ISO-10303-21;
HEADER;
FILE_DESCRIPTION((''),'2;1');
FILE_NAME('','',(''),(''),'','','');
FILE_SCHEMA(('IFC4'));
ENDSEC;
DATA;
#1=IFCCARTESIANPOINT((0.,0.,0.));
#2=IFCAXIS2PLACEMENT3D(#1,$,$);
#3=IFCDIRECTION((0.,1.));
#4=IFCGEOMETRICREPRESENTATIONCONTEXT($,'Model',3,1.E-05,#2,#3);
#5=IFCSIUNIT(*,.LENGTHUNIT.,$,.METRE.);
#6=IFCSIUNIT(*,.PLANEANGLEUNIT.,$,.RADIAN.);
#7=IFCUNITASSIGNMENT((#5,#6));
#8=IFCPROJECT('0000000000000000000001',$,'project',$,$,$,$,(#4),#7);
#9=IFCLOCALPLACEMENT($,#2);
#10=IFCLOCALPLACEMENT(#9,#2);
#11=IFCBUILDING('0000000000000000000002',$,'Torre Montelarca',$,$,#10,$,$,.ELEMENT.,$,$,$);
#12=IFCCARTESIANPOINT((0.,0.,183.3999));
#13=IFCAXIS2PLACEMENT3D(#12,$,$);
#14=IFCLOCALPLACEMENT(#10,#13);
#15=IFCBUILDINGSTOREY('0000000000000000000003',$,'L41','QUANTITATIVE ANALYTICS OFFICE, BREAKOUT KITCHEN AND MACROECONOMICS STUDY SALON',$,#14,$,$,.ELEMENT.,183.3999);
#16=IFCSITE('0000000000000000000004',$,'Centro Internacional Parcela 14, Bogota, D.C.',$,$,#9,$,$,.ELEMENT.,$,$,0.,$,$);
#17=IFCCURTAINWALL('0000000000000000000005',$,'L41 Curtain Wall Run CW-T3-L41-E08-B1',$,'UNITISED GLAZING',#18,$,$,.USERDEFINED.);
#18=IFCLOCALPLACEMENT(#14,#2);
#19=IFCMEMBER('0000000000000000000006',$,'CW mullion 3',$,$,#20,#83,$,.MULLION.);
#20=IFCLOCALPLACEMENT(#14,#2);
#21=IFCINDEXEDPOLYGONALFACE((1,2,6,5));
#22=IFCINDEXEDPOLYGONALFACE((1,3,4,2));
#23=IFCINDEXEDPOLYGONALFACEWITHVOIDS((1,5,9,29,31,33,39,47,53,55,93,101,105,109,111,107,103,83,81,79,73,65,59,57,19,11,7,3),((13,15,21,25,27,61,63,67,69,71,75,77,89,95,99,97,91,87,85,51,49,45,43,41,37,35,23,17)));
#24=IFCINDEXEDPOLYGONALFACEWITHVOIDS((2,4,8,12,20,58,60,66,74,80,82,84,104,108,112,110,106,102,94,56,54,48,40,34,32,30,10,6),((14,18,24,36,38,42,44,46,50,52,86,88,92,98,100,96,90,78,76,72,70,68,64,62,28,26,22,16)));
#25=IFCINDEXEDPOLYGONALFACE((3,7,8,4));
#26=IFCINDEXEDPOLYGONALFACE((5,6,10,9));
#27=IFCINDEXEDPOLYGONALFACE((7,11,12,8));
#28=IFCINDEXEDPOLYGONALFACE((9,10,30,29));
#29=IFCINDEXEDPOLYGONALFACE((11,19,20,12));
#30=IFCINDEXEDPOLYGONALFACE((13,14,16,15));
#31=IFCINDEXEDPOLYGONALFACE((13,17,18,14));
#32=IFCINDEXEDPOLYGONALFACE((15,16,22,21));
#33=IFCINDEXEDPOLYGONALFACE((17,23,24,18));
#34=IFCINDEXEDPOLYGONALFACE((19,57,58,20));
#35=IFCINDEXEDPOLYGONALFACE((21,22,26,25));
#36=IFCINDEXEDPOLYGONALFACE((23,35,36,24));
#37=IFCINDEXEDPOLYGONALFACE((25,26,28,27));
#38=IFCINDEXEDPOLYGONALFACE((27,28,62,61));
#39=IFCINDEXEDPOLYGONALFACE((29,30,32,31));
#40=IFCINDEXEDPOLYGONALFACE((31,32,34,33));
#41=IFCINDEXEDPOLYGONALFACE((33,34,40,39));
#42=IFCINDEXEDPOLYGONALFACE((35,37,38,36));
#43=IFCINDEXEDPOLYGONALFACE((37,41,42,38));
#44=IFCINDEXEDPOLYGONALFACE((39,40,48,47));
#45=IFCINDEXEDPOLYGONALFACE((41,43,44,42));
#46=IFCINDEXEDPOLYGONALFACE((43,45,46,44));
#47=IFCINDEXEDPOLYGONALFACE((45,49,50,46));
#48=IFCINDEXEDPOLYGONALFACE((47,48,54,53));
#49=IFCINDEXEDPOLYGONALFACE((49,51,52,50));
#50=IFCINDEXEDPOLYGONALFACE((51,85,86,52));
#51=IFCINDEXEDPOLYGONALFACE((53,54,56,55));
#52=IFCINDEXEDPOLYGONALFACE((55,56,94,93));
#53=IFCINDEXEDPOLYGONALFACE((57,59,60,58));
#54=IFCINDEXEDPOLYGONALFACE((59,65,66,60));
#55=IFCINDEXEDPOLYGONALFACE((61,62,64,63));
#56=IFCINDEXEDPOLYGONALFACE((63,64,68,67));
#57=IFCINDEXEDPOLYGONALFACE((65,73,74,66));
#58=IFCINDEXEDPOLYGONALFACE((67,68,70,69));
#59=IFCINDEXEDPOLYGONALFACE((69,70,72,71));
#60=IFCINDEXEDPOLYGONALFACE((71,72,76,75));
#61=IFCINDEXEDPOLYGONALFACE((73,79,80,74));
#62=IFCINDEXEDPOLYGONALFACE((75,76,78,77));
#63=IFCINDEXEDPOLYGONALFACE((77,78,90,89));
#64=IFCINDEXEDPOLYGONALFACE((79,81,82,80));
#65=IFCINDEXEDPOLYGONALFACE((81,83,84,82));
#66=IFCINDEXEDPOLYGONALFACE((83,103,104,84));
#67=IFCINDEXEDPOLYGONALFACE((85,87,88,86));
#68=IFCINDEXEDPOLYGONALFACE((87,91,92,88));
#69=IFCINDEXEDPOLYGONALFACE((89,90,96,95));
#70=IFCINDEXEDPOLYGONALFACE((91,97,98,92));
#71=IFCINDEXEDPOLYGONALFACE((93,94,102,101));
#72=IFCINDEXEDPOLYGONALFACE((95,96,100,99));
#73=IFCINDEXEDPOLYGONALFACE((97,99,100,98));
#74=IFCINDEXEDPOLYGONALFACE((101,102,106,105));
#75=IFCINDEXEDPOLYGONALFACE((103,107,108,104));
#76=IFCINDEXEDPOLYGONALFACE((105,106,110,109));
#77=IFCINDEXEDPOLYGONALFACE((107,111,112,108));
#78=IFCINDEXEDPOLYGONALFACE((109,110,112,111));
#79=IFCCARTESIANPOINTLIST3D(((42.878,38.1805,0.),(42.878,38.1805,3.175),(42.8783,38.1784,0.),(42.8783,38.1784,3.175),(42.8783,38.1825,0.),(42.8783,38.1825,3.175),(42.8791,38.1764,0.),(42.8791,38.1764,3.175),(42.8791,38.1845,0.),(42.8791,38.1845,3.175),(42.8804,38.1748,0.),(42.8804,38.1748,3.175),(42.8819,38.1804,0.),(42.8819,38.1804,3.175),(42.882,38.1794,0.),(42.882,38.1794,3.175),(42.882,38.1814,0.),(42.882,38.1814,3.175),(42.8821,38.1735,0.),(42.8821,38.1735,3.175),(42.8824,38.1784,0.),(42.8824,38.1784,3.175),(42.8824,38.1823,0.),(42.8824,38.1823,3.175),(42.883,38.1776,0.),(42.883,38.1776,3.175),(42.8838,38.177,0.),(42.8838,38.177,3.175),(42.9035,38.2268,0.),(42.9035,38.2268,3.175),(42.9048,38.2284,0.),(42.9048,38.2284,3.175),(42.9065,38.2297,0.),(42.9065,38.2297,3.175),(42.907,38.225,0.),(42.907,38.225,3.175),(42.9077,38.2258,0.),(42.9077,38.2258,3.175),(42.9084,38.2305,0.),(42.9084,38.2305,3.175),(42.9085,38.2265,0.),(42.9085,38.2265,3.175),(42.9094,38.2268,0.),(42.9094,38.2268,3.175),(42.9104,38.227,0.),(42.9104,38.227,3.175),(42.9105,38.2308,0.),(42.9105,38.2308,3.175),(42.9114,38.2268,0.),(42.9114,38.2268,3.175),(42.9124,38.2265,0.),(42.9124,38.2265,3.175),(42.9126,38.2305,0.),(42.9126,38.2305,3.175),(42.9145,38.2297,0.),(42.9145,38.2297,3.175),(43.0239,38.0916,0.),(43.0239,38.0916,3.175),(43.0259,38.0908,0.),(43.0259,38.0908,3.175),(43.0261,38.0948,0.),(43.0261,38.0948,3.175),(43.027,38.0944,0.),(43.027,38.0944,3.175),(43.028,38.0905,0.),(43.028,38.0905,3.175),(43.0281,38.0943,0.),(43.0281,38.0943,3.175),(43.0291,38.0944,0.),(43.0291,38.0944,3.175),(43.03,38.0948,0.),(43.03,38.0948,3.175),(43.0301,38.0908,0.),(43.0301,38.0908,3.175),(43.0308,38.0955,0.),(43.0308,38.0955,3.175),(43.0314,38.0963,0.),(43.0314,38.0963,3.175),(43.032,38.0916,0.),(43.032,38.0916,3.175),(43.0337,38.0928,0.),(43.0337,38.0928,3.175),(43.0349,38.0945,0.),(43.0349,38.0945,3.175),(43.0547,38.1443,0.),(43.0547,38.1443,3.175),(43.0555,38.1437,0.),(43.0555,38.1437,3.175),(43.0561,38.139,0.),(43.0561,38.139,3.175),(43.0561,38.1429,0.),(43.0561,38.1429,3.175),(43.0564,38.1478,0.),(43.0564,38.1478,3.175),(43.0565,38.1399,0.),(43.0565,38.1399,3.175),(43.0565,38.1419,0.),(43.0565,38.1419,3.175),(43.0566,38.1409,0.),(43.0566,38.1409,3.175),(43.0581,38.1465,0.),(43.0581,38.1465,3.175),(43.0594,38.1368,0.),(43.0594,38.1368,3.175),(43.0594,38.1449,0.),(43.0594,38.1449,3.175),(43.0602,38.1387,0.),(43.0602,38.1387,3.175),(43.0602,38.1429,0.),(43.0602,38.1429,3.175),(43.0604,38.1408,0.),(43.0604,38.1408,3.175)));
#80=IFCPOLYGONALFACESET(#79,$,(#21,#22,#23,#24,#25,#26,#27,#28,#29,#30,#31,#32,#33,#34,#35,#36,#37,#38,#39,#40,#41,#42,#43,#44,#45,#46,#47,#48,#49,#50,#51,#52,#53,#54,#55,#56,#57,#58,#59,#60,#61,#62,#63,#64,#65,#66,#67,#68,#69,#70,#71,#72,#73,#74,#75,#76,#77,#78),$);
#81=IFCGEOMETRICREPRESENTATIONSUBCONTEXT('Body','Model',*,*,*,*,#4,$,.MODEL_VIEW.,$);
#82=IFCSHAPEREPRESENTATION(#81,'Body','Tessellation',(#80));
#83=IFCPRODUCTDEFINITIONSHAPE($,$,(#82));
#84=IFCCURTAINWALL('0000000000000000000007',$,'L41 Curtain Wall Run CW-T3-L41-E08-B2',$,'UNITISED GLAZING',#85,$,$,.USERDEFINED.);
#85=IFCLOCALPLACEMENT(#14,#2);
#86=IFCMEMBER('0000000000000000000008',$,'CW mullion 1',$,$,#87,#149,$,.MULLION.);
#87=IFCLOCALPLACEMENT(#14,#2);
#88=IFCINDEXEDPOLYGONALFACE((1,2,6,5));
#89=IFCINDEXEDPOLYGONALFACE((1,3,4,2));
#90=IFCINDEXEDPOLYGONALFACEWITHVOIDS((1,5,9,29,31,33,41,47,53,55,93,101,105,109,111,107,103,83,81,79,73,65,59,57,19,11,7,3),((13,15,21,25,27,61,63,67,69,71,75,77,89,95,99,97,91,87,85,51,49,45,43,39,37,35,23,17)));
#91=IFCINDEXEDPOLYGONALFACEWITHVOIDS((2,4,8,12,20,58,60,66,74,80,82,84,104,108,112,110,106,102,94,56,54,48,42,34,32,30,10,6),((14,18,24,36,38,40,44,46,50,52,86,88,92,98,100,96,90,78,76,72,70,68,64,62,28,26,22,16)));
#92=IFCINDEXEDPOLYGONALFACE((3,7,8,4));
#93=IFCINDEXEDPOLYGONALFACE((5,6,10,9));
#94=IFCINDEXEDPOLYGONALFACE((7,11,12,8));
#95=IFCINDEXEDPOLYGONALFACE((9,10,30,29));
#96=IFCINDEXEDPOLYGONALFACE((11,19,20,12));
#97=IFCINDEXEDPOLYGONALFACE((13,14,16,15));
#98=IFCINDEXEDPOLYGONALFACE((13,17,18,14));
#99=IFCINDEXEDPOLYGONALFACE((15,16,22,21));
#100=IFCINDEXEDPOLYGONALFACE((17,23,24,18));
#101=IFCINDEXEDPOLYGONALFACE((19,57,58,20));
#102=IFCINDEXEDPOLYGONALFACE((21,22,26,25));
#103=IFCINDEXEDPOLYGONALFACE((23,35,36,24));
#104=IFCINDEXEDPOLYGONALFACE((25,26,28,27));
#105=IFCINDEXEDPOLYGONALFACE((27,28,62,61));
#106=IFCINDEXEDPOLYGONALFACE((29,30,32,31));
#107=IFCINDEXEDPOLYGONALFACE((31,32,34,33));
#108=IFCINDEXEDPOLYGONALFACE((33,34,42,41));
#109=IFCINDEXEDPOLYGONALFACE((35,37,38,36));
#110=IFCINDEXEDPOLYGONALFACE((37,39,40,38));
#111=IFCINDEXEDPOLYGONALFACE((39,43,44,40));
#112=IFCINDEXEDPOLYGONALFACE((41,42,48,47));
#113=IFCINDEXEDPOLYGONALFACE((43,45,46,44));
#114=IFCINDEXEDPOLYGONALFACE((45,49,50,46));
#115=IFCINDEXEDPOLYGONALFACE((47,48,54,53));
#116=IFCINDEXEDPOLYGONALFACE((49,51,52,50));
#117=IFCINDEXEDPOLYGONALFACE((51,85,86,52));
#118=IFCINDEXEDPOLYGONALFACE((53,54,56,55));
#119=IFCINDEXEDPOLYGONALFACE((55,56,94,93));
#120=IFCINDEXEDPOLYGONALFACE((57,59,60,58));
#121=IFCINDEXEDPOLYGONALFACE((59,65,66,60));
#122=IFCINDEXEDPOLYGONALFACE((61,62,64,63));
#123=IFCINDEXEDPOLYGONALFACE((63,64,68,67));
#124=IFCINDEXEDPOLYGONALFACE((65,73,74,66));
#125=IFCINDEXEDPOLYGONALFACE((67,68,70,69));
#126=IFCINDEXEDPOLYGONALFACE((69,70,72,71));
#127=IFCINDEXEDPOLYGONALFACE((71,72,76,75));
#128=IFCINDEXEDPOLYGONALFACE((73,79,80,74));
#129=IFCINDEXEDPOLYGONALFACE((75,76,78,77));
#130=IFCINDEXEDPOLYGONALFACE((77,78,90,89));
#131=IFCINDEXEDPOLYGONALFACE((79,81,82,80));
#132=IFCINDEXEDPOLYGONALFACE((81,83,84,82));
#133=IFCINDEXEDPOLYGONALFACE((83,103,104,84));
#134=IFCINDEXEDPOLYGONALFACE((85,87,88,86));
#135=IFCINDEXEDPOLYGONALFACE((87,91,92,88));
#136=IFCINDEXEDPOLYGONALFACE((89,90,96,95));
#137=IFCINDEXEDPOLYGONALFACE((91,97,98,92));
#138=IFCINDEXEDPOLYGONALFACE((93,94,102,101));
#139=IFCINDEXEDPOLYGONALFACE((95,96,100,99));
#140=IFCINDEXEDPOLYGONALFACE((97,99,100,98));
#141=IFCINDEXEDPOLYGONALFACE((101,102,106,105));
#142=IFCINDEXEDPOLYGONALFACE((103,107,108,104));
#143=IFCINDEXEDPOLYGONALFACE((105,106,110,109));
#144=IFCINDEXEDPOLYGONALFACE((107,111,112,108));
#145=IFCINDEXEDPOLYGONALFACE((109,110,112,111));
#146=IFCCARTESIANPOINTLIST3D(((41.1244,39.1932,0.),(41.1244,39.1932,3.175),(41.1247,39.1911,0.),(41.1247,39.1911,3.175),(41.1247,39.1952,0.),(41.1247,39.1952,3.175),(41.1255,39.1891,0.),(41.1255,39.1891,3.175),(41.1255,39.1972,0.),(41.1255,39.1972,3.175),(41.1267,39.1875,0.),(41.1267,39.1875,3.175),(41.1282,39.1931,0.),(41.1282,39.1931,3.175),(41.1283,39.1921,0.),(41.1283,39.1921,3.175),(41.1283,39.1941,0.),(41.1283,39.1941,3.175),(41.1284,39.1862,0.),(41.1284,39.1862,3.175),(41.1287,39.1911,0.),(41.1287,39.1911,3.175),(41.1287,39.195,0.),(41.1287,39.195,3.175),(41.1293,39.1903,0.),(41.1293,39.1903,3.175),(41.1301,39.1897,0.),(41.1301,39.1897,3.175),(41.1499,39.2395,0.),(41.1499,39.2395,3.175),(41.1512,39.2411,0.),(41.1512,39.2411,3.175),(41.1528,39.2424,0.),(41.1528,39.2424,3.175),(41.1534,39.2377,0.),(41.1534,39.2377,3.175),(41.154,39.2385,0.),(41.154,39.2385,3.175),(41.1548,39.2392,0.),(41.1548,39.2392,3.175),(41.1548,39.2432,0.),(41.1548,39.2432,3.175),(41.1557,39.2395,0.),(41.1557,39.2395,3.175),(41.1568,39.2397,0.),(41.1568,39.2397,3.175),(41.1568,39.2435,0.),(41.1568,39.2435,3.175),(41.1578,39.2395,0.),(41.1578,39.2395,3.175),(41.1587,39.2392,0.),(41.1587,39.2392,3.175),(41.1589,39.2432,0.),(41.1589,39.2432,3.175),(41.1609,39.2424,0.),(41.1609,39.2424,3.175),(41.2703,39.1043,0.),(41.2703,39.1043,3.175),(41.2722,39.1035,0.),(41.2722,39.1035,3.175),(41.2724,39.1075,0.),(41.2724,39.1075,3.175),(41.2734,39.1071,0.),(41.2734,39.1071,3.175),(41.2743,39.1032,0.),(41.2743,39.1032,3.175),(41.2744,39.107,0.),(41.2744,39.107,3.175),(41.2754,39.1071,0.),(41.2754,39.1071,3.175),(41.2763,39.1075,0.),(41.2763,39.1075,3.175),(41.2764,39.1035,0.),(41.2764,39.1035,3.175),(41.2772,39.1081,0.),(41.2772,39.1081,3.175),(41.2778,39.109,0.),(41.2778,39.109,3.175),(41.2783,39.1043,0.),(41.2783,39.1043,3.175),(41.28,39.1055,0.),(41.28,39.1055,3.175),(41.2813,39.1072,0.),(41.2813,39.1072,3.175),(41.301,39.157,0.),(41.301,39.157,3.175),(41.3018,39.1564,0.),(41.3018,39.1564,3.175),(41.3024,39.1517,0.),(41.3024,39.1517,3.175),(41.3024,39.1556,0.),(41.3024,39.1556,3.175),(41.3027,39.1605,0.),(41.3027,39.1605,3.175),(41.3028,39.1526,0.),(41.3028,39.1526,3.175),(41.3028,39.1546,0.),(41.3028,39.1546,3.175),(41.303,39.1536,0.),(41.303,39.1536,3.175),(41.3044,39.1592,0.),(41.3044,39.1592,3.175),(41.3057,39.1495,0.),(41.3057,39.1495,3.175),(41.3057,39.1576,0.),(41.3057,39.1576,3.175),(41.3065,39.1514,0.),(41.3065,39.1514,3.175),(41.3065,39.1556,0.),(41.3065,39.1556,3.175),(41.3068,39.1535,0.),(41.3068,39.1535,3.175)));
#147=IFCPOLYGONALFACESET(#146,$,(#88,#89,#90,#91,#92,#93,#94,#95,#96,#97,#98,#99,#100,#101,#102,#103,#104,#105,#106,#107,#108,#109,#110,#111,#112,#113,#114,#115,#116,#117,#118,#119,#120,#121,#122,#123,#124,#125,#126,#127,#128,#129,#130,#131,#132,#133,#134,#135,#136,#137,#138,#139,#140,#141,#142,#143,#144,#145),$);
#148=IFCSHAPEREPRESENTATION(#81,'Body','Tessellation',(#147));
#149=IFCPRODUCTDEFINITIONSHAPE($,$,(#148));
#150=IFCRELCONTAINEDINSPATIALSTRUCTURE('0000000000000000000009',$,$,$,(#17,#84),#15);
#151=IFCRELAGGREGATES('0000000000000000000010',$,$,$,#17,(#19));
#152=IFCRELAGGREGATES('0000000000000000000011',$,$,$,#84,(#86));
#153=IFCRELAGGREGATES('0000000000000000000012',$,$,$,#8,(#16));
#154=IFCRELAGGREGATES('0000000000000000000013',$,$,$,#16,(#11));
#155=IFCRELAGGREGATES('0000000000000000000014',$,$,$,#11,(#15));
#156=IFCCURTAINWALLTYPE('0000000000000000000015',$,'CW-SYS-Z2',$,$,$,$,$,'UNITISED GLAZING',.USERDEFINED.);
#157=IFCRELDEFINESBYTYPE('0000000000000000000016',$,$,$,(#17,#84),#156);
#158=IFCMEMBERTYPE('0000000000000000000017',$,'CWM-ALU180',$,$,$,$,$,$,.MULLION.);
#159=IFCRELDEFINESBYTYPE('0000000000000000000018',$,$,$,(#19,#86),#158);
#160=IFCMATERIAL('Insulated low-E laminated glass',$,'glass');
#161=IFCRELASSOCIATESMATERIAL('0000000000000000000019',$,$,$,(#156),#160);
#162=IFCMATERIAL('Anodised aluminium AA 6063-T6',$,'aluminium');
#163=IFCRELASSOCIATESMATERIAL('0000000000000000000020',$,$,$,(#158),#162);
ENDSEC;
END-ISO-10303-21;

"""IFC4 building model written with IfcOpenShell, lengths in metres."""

from ifc_helpers import new_model, si_unit, direction, frame, origin, origin_2d, place, context, subcontext, project, spatial, hollow_rectangle, extrude, source, transform, mapped, material, material_profile, profile_set, type_object, element, aggregate, save


model = new_model("IFC4")

# Units and contexts
model_context = context("Model", 3, precision=1e-05, world=origin(), true_north=direction((0.0, 1.0)))
body_context = subcontext(model_context, "Body", "Model", "MODEL_VIEW")
ifc_project = project(units=[si_unit("LENGTHUNIT", "METRE"), si_unit("PLANEANGLEUNIT", "RADIAN")], contexts=[model_context])

# Site, building, storey
site_placement = place(None, origin())
site = spatial("IfcSite", under=ifc_project, at=site_placement, Name="Centro Internacional Parcela 14, Bogota, D.C.", CompositionType="ELEMENT", RefElevation=0.0)
building_placement = place(site_placement, origin())
building = spatial("IfcBuilding", under=site, at=building_placement, Name="Torre Montelarca", CompositionType="ELEMENT")
storey_placement = place(building_placement, frame((0.0, 0.0, 183.3999)))
storey = spatial("IfcBuildingStorey", under=building, at=storey_placement, Name="L41", Description="QUANTITATIVE ANALYTICS OFFICE, BREAKOUT KITCHEN AND MACROECONOMICS STUDY SALON", CompositionType="ELEMENT", Elevation=183.3999)

# Curtain walls, members
ifc_material_1 = material(Name="Insulated low-E laminated glass", Category="glass")
curtain_wall_type = type_object("IfcCurtainWallType", Name="CW-SYS-Z2", ElementType="UNITISED GLAZING", PredefinedType="USERDEFINED", material=ifc_material_1)
ifc_material_2 = material(Name="Anodised aluminium AA 6063-T6", Category="aluminium")
ifc_material_profile_1 = material_profile(ifc_material_2, hollow_rectangle(XDim=0.0649, YDim=0.1799, WallThickness=0.0039, InnerFilletRadius=0.0039, OuterFilletRadius=0.0081, at=origin_2d()), Name="ALU65X180X4", Category="aluminium")
ifc_profile_set_1 = profile_set([ifc_material_profile_1], Name="Anodised aluminium AA 6063-T6")
member_type_1 = type_object("IfcMemberType", Name="CWM-ALU180", PredefinedType="MULLION", material=ifc_profile_set_1)
curtain_wall_1_placement = place(storey_placement, origin())
curtain_wall_1 = element("IfcCurtainWall", 1, at=curtain_wall_1_placement, inside=storey, type_object=curtain_wall_type, Name="L41 Curtain Wall Run CW-T3-L41-E08-B1", ObjectType="UNITISED GLAZING", PredefinedType="USERDEFINED")
shared_shape_1 = source(origin(), body_context, "Body", "SweptSolid", [
    extrude(hollow_rectangle(XDim=0.0649, YDim=0.1799, WallThickness=0.0039, InnerFilletRadius=0.0039, OuterFilletRadius=0.0081, at=origin_2d()), origin(), (0.0, 0.0, 1.0), 3.175),
])
member_1_placement = place(storey_placement, frame((42.9692, 38.1606, 0.0), z_axis=(0.0, 0.0, 1.0), x_axis=(-0.500001, -0.866025, 0.0)))
member_1 = element("IfcMember", 2, at=member_1_placement, type_object=member_type_1, Name="CW mullion 3", PredefinedType="MULLION", context=body_context, shape_type="MappedRepresentation", body=[
    mapped(shared_shape_1, transform((0.0, 0.0, 0.0), scale=1.0)),
])
curtain_wall_2_placement = place(storey_placement, origin())
curtain_wall_2 = element("IfcCurtainWall", 3, at=curtain_wall_2_placement, inside=storey, type_object=curtain_wall_type, Name="L41 Curtain Wall Run CW-T3-L41-E08-B2", ObjectType="UNITISED GLAZING", PredefinedType="USERDEFINED")
member_2_placement = place(storey_placement, frame((41.2156, 39.1733, 0.0), z_axis=(0.0, 0.0, 1.0), x_axis=(-0.499995, -0.866028, 0.0)))
member_2 = element("IfcMember", 4, at=member_2_placement, type_object=member_type_1, Name="CW mullion 1", PredefinedType="MULLION", context=body_context, shape_type="MappedRepresentation", body=[
    mapped(shared_shape_1, transform((0.0, 0.0, 0.0), scale=1.0)),
])

aggregate(curtain_wall_1, [member_1])
aggregate(curtain_wall_2, [member_2])

save(model, "model.ifc")
